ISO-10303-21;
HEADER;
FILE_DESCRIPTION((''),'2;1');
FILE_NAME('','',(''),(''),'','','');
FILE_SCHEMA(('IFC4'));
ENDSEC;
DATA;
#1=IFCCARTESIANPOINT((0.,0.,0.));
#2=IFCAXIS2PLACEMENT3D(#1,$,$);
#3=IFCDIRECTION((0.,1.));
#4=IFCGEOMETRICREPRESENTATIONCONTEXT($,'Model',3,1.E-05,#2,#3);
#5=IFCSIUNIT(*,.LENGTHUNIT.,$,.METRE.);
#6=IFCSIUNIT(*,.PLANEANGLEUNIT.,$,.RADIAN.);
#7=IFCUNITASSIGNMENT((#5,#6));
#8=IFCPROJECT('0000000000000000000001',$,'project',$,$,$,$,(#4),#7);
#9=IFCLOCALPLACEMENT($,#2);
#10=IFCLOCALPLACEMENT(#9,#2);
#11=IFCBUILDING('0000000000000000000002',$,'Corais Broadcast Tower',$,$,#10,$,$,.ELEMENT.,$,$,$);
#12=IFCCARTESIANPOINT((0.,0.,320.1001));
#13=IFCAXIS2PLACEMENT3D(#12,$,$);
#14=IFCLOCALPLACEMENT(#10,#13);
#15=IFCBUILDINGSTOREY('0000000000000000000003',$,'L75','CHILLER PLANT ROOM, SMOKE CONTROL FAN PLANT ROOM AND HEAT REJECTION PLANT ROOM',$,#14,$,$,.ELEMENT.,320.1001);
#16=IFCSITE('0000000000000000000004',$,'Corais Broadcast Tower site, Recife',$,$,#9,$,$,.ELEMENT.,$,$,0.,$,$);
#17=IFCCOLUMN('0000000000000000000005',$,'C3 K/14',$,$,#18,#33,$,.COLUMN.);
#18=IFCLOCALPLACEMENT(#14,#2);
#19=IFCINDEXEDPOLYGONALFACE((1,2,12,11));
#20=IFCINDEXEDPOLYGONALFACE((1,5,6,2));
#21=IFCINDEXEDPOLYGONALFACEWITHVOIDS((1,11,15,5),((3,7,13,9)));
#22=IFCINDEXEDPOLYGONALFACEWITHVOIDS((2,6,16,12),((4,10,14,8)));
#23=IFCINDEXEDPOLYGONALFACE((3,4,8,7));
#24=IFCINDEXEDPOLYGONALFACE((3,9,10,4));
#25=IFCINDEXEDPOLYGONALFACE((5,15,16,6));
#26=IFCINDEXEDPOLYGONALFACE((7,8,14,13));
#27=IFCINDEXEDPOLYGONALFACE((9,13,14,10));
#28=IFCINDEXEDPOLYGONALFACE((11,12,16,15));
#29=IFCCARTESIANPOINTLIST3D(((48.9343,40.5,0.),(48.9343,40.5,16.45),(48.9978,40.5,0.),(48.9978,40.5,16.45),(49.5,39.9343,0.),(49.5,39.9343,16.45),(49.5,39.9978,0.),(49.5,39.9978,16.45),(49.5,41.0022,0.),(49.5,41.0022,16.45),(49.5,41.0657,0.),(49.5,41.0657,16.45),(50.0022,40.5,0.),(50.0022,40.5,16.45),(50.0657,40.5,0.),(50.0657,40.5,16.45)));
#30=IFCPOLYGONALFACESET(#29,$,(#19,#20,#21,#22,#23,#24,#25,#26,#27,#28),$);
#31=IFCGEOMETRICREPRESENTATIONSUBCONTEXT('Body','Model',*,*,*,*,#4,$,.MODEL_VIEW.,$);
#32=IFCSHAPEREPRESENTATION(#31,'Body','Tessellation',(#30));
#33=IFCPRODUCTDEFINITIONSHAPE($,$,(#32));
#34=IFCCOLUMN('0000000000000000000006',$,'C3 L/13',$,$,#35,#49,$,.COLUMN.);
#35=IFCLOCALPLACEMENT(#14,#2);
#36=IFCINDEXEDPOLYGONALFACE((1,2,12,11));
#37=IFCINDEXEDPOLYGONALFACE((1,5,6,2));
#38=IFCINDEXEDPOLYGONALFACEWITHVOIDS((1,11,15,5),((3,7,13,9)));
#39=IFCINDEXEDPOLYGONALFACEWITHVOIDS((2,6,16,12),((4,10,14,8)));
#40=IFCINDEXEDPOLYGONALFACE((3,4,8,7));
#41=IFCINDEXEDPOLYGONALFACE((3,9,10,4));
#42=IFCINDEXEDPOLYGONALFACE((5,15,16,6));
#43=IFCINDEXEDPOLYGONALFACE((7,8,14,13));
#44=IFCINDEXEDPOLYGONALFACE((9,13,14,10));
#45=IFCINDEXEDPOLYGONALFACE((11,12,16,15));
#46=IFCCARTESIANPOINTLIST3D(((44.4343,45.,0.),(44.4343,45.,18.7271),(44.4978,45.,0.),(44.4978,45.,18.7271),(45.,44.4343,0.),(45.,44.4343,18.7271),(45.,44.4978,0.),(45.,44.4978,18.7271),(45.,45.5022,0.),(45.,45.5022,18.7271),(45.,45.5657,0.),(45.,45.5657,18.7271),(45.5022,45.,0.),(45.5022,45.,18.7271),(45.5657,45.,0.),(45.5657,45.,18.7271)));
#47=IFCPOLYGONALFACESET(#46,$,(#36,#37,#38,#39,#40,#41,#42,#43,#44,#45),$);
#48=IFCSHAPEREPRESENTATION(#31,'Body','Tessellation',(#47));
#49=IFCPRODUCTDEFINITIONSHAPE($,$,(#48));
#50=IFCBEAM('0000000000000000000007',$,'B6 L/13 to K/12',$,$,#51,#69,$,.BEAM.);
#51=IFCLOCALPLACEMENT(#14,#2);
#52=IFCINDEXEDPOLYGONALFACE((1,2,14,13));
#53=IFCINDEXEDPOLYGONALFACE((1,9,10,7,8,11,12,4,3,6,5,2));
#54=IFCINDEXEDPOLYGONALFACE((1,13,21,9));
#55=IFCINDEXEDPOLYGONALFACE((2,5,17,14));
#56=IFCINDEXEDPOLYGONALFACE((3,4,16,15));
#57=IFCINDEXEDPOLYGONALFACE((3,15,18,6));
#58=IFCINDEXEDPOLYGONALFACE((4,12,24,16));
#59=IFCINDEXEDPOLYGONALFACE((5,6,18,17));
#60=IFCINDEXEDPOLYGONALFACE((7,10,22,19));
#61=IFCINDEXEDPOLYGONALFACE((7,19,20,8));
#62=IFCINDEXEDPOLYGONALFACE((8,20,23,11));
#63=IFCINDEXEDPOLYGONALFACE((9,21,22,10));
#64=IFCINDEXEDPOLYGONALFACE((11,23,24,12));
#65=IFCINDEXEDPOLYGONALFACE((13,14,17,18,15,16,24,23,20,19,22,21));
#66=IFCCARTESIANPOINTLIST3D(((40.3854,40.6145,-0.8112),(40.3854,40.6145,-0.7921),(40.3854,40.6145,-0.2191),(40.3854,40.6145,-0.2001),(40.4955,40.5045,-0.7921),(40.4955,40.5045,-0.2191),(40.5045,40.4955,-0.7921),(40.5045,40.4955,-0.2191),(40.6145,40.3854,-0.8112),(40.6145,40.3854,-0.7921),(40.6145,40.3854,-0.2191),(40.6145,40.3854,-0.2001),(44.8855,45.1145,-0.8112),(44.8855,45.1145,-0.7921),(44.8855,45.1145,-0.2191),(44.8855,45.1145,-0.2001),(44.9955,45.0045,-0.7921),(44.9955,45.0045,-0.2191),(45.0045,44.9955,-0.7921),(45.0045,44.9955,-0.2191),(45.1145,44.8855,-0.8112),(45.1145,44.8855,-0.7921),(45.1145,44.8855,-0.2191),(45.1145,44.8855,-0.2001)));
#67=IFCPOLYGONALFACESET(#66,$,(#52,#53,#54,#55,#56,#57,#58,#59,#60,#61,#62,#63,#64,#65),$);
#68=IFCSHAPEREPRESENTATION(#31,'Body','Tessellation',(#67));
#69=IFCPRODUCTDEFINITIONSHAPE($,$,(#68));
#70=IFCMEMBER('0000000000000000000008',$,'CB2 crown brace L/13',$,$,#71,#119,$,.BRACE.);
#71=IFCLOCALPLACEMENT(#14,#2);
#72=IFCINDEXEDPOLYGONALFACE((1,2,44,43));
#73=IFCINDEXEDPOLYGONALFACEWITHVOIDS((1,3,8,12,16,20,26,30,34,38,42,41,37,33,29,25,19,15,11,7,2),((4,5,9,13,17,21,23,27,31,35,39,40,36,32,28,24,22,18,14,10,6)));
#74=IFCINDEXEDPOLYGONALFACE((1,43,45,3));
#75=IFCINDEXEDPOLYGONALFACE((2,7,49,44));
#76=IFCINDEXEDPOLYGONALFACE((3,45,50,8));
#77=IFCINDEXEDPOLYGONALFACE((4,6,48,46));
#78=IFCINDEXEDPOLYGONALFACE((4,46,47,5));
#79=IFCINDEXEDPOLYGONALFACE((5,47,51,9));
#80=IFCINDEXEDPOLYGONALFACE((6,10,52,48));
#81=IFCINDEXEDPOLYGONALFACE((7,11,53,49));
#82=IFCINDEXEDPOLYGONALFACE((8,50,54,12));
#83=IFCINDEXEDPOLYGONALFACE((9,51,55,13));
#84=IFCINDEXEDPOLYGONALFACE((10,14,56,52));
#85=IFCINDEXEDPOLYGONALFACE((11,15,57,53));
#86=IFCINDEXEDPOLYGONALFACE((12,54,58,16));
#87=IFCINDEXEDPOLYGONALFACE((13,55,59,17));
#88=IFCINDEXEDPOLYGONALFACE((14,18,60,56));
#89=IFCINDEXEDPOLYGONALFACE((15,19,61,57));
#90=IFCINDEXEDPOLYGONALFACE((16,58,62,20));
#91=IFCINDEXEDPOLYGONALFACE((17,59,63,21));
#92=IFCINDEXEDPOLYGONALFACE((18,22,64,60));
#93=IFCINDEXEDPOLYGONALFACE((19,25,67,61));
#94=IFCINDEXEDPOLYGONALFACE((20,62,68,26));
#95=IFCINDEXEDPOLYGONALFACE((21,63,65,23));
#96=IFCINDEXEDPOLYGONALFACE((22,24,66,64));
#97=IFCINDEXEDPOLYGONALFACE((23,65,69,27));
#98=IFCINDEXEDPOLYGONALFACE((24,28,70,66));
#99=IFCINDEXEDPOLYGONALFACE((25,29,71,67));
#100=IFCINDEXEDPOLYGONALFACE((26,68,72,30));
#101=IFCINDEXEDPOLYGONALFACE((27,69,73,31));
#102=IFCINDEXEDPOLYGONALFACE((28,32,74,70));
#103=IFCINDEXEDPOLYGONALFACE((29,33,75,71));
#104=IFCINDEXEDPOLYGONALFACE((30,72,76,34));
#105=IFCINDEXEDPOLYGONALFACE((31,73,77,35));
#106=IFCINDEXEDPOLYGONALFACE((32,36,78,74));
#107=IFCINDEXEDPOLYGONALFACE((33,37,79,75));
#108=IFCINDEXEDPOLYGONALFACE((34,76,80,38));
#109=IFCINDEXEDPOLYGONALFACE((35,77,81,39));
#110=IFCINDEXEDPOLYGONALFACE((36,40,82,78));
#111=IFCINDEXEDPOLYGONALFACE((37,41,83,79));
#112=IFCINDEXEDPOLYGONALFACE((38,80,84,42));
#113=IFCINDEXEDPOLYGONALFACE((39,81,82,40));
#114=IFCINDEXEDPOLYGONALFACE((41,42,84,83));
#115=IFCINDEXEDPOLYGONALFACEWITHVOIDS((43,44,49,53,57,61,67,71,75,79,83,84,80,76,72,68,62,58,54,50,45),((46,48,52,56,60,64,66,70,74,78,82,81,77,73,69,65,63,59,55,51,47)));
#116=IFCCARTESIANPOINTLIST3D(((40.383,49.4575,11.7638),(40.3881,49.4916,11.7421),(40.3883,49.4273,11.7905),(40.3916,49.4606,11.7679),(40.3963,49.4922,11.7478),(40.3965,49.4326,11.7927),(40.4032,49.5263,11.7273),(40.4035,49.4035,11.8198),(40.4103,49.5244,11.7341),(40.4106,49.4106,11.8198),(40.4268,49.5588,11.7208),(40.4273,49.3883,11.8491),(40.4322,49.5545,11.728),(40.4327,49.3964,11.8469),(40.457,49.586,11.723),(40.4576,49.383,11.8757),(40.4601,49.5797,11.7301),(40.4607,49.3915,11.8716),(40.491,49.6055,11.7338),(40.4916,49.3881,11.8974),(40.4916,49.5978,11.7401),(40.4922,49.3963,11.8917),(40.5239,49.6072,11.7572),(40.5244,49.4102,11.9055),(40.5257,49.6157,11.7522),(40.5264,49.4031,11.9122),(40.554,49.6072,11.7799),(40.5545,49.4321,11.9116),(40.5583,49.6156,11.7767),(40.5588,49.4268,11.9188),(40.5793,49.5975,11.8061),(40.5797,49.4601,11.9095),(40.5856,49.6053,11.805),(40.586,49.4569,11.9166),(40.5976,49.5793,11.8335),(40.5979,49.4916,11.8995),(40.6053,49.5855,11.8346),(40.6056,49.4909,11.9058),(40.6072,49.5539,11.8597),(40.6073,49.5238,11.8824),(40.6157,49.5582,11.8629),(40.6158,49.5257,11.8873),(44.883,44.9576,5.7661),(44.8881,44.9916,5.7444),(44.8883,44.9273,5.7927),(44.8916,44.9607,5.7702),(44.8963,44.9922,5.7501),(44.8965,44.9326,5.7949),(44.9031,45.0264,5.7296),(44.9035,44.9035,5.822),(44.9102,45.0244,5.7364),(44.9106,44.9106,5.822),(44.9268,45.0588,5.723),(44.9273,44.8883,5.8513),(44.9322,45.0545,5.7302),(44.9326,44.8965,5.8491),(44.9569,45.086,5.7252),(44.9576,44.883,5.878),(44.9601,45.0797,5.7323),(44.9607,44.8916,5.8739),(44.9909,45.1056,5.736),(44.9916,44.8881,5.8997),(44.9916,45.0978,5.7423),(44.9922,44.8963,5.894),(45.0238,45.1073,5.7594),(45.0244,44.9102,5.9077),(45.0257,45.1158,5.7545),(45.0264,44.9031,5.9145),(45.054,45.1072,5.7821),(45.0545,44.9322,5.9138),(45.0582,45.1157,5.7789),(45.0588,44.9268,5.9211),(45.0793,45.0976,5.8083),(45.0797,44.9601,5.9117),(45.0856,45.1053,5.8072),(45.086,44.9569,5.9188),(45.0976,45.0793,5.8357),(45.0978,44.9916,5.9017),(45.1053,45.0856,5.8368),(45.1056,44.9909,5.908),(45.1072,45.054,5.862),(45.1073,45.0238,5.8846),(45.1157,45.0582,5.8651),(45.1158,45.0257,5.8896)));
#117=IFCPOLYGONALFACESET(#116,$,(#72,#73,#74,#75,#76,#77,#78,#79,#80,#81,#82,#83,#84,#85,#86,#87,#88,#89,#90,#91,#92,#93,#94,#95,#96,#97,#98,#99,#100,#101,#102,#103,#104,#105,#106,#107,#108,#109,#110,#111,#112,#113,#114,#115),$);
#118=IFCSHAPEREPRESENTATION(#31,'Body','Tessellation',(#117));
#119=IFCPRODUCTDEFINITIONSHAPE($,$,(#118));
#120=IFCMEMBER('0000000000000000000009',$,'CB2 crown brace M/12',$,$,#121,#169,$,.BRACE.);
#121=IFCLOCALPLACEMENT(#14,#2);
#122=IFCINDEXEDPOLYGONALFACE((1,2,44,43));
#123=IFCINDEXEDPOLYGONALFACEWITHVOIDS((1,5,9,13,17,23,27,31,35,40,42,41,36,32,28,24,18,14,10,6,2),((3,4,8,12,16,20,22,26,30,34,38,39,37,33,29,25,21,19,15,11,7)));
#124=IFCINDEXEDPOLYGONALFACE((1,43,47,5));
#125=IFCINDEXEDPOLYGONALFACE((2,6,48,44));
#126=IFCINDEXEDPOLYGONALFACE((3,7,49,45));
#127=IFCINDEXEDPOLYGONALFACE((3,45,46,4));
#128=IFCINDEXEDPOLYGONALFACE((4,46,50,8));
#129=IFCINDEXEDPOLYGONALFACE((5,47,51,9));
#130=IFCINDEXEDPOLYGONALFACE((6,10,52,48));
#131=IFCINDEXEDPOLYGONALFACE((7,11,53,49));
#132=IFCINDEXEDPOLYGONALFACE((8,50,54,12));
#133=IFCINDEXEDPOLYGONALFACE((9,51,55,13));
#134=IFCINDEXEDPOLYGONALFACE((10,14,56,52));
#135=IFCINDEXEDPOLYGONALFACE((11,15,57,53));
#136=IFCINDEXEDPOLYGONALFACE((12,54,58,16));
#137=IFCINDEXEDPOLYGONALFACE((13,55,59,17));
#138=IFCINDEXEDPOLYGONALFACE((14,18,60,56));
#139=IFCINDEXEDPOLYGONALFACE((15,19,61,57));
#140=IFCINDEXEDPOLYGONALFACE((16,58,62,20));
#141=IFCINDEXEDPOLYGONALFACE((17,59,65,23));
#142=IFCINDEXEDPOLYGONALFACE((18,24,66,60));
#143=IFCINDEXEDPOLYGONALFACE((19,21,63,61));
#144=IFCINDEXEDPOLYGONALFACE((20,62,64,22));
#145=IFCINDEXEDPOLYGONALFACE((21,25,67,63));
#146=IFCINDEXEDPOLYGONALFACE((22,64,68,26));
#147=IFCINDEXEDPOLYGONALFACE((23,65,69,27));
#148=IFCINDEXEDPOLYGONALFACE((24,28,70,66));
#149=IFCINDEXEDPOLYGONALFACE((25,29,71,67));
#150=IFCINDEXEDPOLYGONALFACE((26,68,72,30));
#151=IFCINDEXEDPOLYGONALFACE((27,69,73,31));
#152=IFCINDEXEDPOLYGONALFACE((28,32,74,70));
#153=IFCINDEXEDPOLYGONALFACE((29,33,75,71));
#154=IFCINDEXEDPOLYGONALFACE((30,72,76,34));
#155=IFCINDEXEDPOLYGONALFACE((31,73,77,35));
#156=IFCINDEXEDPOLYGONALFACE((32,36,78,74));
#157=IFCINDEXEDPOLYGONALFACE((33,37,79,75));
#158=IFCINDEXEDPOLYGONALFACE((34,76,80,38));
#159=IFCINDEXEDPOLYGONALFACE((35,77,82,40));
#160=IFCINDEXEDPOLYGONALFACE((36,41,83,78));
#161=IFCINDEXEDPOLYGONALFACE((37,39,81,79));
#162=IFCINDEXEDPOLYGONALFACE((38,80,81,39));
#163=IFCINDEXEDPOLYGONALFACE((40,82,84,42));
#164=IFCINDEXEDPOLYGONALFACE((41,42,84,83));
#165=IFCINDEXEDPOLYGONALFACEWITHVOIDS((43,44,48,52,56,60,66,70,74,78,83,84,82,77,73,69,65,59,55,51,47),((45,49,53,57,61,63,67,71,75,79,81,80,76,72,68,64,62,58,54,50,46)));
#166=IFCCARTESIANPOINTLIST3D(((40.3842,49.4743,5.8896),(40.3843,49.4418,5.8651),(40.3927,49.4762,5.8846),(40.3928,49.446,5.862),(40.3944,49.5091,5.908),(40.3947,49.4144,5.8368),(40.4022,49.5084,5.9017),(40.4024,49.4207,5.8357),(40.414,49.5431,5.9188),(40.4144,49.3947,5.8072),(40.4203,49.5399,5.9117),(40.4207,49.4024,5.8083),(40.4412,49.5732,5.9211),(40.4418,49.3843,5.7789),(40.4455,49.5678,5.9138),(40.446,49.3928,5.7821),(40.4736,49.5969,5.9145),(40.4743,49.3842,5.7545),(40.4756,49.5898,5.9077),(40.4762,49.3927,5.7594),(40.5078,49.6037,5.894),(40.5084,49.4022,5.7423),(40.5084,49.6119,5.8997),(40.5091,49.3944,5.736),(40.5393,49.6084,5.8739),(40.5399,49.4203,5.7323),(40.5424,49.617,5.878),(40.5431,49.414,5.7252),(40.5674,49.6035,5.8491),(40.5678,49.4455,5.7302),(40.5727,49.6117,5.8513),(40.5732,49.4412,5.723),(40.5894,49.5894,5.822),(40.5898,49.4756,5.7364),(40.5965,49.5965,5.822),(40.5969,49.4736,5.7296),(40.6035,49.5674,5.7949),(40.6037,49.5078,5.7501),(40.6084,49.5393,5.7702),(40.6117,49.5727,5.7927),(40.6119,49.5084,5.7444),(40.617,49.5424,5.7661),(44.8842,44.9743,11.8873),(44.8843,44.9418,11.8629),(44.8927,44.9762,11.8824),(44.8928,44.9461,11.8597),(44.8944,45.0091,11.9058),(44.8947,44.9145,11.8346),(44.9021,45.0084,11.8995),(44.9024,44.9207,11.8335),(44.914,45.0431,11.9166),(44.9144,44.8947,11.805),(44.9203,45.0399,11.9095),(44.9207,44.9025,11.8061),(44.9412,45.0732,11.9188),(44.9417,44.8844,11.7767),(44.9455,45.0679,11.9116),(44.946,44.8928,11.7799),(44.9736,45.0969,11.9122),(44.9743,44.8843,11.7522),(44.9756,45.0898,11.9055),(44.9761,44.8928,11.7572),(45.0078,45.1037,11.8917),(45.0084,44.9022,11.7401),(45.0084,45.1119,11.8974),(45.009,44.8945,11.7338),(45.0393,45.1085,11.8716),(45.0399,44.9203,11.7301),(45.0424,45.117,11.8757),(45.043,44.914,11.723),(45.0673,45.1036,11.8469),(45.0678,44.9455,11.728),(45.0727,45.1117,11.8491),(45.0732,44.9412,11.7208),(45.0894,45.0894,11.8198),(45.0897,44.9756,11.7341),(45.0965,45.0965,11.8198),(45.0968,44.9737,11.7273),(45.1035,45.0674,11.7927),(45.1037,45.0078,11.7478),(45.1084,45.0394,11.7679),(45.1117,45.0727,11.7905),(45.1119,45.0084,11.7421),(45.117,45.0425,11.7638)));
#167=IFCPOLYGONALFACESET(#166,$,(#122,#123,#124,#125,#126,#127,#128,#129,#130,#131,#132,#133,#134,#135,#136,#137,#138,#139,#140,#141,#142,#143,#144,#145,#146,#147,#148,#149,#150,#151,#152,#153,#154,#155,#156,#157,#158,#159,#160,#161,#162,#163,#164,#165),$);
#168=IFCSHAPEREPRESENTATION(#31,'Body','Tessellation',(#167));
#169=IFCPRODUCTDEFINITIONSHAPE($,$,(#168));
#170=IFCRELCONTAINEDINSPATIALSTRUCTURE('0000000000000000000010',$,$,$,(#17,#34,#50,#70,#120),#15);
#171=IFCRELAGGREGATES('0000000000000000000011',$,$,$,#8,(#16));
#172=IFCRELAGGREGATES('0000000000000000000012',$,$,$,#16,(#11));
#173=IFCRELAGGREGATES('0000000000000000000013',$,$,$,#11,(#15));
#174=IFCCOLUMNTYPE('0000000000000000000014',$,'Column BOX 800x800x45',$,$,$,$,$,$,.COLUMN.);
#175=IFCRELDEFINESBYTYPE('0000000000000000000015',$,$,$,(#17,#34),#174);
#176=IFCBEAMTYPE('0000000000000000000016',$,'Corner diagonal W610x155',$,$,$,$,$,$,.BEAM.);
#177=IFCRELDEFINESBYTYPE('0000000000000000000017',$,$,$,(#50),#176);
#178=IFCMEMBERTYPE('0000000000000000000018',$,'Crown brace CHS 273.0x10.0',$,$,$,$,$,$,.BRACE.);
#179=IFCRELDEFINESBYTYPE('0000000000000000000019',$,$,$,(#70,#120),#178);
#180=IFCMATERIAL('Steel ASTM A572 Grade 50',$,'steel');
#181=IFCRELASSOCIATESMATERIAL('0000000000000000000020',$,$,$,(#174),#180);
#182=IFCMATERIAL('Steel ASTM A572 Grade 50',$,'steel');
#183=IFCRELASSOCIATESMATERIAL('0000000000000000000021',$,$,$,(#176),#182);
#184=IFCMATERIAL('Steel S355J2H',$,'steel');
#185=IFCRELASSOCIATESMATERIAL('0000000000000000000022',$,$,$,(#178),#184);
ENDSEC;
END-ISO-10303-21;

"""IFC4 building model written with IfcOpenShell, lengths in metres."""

from ifc_helpers import new_model, si_unit, direction, frame, origin, origin_2d, place, context, subcontext, project, spatial, hollow_rectangle, hollow_circle, i_section, extrude, material, material_profile, profile_set, type_object, element, save


model = new_model("IFC4")

# Units and contexts
model_context = context("Model", 3, precision=1e-05, world=origin(), true_north=direction((0.0, 1.0)))
body_context = subcontext(model_context, "Body", "Model", "MODEL_VIEW")
ifc_project = project(units=[si_unit("LENGTHUNIT", "METRE"), si_unit("PLANEANGLEUNIT", "RADIAN")], contexts=[model_context])

# Site, building, storey
site_placement = place(None, origin())
site = spatial("IfcSite", under=ifc_project, at=site_placement, Name="Corais Broadcast Tower site, Recife", CompositionType="ELEMENT", RefElevation=0.0)
building_placement = place(site_placement, origin())
building = spatial("IfcBuilding", under=site, at=building_placement, Name="Corais Broadcast Tower", CompositionType="ELEMENT")
storey_placement = place(building_placement, frame((0.0, 0.0, 320.1001)))
storey = spatial("IfcBuildingStorey", under=building, at=storey_placement, Name="L75", Description="CHILLER PLANT ROOM, SMOKE CONTROL FAN PLANT ROOM AND HEAT REJECTION PLANT ROOM", CompositionType="ELEMENT", Elevation=320.1001)

# Columns
ifc_material_1 = material(Name="Steel ASTM A572 Grade 50", Category="steel")
ifc_material_profile_1 = material_profile(ifc_material_1, hollow_rectangle(XDim=0.8, YDim=0.8, WallThickness=0.0449, at=origin_2d()), Name="BOX 800x800x45")
ifc_profile_set_1 = profile_set([ifc_material_profile_1], Name="Steel ASTM A572 Grade 50")
column_type = type_object("IfcColumnType", Name="Column BOX 800x800x45", PredefinedType="COLUMN", material=ifc_profile_set_1)
column_1_placement = place(storey_placement, frame((49.5, 40.5, 0.0), z_axis=(0.0, 0.0, 1.0), x_axis=(0.707107, 0.707107, 0.0)))
element("IfcColumn", 1, at=column_1_placement, inside=storey, type_object=column_type, Name="C3 K/14", PredefinedType="COLUMN", context=body_context, shape_type="SweptSolid", body=[
    extrude(hollow_rectangle(XDim=0.8, YDim=0.8, WallThickness=0.0449, at=origin_2d()), origin(), (0.0, 0.0, 1.0), 16.45),
])
column_2_placement = place(storey_placement, frame((45.0, 45.0, 0.0), z_axis=(0.0, 0.0, 1.0), x_axis=(0.707107, 0.707107, 0.0)))
element("IfcColumn", 2, at=column_2_placement, inside=storey, type_object=column_type, Name="C3 L/13", PredefinedType="COLUMN", context=body_context, shape_type="SweptSolid", body=[
    extrude(hollow_rectangle(XDim=0.8, YDim=0.8, WallThickness=0.0449, at=origin_2d()), origin(), (0.0, 0.0, 1.0), 18.7271),
])

# Beam
ifc_material_2 = material(Name="Steel ASTM A572 Grade 50", Category="steel")
ifc_material_profile_2 = material_profile(ifc_material_2, i_section(OverallWidth=0.324, OverallDepth=0.6111, WebThickness=0.0127, FlangeThickness=0.019, at=origin_2d()), Name="W610x155")
ifc_profile_set_2 = profile_set([ifc_material_profile_2], Name="Steel ASTM A572 Grade 50")
beam_type_1 = type_object("IfcBeamType", Name="Corner diagonal W610x155", PredefinedType="BEAM", material=ifc_profile_set_2)
beam_1_placement = place(storey_placement, frame((45.0, 45.0, -0.5056), z_axis=(-0.707107, -0.707107, 0.0), x_axis=(0.707107, -0.707107, 0.0)))
element("IfcBeam", 3, at=beam_1_placement, inside=storey, type_object=beam_type_1, Name="B6 L/13 to K/12", PredefinedType="BEAM", context=body_context, shape_type="SweptSolid", body=[
    extrude(i_section(OverallWidth=0.324, OverallDepth=0.6111, WebThickness=0.0127, FlangeThickness=0.019, at=origin_2d()), origin(), (0.0, 0.0, 1.0), 6.364),
])

# Members
ifc_material_3 = material(Name="Steel S355J2H", Category="steel")
ifc_material_profile_3 = material_profile(ifc_material_3, hollow_circle(Radius=0.1365, WallThickness=0.01, at=origin_2d()), Name="CHS 273.0x10.0")
ifc_profile_set_3 = profile_set([ifc_material_profile_3], Name="Steel S355J2H")
member_type_1 = type_object("IfcMemberType", Name="Crown brace CHS 273.0x10.0", PredefinedType="BRACE", material=ifc_profile_set_3)
for number, where, z_axis, x_axis, name in (
    (4, (45.0, 45.0, 5.822), (-0.514584, 0.514584, 0.685861), (-0.707107, -0.707107, 0.0), "CB2 crown brace L/13"),
    (5, (40.5, 49.5, 5.822), (0.514584, -0.514584, 0.685861), (0.707107, 0.707107, 0.0), "CB2 crown brace M/12"),
):
    element("IfcMember", number, at=place(storey_placement, frame(where, z_axis=z_axis, x_axis=x_axis)), inside=storey, type_object=member_type_1, Name=name, PredefinedType="BRACE", context=body_context, shape_type="SweptSolid", body=[
        extrude(hollow_circle(Radius=0.1365, WallThickness=0.01, at=origin_2d()), origin(), (0.0, 0.0, 1.0), 8.7449),
    ])

save(model, "model.ifc")
